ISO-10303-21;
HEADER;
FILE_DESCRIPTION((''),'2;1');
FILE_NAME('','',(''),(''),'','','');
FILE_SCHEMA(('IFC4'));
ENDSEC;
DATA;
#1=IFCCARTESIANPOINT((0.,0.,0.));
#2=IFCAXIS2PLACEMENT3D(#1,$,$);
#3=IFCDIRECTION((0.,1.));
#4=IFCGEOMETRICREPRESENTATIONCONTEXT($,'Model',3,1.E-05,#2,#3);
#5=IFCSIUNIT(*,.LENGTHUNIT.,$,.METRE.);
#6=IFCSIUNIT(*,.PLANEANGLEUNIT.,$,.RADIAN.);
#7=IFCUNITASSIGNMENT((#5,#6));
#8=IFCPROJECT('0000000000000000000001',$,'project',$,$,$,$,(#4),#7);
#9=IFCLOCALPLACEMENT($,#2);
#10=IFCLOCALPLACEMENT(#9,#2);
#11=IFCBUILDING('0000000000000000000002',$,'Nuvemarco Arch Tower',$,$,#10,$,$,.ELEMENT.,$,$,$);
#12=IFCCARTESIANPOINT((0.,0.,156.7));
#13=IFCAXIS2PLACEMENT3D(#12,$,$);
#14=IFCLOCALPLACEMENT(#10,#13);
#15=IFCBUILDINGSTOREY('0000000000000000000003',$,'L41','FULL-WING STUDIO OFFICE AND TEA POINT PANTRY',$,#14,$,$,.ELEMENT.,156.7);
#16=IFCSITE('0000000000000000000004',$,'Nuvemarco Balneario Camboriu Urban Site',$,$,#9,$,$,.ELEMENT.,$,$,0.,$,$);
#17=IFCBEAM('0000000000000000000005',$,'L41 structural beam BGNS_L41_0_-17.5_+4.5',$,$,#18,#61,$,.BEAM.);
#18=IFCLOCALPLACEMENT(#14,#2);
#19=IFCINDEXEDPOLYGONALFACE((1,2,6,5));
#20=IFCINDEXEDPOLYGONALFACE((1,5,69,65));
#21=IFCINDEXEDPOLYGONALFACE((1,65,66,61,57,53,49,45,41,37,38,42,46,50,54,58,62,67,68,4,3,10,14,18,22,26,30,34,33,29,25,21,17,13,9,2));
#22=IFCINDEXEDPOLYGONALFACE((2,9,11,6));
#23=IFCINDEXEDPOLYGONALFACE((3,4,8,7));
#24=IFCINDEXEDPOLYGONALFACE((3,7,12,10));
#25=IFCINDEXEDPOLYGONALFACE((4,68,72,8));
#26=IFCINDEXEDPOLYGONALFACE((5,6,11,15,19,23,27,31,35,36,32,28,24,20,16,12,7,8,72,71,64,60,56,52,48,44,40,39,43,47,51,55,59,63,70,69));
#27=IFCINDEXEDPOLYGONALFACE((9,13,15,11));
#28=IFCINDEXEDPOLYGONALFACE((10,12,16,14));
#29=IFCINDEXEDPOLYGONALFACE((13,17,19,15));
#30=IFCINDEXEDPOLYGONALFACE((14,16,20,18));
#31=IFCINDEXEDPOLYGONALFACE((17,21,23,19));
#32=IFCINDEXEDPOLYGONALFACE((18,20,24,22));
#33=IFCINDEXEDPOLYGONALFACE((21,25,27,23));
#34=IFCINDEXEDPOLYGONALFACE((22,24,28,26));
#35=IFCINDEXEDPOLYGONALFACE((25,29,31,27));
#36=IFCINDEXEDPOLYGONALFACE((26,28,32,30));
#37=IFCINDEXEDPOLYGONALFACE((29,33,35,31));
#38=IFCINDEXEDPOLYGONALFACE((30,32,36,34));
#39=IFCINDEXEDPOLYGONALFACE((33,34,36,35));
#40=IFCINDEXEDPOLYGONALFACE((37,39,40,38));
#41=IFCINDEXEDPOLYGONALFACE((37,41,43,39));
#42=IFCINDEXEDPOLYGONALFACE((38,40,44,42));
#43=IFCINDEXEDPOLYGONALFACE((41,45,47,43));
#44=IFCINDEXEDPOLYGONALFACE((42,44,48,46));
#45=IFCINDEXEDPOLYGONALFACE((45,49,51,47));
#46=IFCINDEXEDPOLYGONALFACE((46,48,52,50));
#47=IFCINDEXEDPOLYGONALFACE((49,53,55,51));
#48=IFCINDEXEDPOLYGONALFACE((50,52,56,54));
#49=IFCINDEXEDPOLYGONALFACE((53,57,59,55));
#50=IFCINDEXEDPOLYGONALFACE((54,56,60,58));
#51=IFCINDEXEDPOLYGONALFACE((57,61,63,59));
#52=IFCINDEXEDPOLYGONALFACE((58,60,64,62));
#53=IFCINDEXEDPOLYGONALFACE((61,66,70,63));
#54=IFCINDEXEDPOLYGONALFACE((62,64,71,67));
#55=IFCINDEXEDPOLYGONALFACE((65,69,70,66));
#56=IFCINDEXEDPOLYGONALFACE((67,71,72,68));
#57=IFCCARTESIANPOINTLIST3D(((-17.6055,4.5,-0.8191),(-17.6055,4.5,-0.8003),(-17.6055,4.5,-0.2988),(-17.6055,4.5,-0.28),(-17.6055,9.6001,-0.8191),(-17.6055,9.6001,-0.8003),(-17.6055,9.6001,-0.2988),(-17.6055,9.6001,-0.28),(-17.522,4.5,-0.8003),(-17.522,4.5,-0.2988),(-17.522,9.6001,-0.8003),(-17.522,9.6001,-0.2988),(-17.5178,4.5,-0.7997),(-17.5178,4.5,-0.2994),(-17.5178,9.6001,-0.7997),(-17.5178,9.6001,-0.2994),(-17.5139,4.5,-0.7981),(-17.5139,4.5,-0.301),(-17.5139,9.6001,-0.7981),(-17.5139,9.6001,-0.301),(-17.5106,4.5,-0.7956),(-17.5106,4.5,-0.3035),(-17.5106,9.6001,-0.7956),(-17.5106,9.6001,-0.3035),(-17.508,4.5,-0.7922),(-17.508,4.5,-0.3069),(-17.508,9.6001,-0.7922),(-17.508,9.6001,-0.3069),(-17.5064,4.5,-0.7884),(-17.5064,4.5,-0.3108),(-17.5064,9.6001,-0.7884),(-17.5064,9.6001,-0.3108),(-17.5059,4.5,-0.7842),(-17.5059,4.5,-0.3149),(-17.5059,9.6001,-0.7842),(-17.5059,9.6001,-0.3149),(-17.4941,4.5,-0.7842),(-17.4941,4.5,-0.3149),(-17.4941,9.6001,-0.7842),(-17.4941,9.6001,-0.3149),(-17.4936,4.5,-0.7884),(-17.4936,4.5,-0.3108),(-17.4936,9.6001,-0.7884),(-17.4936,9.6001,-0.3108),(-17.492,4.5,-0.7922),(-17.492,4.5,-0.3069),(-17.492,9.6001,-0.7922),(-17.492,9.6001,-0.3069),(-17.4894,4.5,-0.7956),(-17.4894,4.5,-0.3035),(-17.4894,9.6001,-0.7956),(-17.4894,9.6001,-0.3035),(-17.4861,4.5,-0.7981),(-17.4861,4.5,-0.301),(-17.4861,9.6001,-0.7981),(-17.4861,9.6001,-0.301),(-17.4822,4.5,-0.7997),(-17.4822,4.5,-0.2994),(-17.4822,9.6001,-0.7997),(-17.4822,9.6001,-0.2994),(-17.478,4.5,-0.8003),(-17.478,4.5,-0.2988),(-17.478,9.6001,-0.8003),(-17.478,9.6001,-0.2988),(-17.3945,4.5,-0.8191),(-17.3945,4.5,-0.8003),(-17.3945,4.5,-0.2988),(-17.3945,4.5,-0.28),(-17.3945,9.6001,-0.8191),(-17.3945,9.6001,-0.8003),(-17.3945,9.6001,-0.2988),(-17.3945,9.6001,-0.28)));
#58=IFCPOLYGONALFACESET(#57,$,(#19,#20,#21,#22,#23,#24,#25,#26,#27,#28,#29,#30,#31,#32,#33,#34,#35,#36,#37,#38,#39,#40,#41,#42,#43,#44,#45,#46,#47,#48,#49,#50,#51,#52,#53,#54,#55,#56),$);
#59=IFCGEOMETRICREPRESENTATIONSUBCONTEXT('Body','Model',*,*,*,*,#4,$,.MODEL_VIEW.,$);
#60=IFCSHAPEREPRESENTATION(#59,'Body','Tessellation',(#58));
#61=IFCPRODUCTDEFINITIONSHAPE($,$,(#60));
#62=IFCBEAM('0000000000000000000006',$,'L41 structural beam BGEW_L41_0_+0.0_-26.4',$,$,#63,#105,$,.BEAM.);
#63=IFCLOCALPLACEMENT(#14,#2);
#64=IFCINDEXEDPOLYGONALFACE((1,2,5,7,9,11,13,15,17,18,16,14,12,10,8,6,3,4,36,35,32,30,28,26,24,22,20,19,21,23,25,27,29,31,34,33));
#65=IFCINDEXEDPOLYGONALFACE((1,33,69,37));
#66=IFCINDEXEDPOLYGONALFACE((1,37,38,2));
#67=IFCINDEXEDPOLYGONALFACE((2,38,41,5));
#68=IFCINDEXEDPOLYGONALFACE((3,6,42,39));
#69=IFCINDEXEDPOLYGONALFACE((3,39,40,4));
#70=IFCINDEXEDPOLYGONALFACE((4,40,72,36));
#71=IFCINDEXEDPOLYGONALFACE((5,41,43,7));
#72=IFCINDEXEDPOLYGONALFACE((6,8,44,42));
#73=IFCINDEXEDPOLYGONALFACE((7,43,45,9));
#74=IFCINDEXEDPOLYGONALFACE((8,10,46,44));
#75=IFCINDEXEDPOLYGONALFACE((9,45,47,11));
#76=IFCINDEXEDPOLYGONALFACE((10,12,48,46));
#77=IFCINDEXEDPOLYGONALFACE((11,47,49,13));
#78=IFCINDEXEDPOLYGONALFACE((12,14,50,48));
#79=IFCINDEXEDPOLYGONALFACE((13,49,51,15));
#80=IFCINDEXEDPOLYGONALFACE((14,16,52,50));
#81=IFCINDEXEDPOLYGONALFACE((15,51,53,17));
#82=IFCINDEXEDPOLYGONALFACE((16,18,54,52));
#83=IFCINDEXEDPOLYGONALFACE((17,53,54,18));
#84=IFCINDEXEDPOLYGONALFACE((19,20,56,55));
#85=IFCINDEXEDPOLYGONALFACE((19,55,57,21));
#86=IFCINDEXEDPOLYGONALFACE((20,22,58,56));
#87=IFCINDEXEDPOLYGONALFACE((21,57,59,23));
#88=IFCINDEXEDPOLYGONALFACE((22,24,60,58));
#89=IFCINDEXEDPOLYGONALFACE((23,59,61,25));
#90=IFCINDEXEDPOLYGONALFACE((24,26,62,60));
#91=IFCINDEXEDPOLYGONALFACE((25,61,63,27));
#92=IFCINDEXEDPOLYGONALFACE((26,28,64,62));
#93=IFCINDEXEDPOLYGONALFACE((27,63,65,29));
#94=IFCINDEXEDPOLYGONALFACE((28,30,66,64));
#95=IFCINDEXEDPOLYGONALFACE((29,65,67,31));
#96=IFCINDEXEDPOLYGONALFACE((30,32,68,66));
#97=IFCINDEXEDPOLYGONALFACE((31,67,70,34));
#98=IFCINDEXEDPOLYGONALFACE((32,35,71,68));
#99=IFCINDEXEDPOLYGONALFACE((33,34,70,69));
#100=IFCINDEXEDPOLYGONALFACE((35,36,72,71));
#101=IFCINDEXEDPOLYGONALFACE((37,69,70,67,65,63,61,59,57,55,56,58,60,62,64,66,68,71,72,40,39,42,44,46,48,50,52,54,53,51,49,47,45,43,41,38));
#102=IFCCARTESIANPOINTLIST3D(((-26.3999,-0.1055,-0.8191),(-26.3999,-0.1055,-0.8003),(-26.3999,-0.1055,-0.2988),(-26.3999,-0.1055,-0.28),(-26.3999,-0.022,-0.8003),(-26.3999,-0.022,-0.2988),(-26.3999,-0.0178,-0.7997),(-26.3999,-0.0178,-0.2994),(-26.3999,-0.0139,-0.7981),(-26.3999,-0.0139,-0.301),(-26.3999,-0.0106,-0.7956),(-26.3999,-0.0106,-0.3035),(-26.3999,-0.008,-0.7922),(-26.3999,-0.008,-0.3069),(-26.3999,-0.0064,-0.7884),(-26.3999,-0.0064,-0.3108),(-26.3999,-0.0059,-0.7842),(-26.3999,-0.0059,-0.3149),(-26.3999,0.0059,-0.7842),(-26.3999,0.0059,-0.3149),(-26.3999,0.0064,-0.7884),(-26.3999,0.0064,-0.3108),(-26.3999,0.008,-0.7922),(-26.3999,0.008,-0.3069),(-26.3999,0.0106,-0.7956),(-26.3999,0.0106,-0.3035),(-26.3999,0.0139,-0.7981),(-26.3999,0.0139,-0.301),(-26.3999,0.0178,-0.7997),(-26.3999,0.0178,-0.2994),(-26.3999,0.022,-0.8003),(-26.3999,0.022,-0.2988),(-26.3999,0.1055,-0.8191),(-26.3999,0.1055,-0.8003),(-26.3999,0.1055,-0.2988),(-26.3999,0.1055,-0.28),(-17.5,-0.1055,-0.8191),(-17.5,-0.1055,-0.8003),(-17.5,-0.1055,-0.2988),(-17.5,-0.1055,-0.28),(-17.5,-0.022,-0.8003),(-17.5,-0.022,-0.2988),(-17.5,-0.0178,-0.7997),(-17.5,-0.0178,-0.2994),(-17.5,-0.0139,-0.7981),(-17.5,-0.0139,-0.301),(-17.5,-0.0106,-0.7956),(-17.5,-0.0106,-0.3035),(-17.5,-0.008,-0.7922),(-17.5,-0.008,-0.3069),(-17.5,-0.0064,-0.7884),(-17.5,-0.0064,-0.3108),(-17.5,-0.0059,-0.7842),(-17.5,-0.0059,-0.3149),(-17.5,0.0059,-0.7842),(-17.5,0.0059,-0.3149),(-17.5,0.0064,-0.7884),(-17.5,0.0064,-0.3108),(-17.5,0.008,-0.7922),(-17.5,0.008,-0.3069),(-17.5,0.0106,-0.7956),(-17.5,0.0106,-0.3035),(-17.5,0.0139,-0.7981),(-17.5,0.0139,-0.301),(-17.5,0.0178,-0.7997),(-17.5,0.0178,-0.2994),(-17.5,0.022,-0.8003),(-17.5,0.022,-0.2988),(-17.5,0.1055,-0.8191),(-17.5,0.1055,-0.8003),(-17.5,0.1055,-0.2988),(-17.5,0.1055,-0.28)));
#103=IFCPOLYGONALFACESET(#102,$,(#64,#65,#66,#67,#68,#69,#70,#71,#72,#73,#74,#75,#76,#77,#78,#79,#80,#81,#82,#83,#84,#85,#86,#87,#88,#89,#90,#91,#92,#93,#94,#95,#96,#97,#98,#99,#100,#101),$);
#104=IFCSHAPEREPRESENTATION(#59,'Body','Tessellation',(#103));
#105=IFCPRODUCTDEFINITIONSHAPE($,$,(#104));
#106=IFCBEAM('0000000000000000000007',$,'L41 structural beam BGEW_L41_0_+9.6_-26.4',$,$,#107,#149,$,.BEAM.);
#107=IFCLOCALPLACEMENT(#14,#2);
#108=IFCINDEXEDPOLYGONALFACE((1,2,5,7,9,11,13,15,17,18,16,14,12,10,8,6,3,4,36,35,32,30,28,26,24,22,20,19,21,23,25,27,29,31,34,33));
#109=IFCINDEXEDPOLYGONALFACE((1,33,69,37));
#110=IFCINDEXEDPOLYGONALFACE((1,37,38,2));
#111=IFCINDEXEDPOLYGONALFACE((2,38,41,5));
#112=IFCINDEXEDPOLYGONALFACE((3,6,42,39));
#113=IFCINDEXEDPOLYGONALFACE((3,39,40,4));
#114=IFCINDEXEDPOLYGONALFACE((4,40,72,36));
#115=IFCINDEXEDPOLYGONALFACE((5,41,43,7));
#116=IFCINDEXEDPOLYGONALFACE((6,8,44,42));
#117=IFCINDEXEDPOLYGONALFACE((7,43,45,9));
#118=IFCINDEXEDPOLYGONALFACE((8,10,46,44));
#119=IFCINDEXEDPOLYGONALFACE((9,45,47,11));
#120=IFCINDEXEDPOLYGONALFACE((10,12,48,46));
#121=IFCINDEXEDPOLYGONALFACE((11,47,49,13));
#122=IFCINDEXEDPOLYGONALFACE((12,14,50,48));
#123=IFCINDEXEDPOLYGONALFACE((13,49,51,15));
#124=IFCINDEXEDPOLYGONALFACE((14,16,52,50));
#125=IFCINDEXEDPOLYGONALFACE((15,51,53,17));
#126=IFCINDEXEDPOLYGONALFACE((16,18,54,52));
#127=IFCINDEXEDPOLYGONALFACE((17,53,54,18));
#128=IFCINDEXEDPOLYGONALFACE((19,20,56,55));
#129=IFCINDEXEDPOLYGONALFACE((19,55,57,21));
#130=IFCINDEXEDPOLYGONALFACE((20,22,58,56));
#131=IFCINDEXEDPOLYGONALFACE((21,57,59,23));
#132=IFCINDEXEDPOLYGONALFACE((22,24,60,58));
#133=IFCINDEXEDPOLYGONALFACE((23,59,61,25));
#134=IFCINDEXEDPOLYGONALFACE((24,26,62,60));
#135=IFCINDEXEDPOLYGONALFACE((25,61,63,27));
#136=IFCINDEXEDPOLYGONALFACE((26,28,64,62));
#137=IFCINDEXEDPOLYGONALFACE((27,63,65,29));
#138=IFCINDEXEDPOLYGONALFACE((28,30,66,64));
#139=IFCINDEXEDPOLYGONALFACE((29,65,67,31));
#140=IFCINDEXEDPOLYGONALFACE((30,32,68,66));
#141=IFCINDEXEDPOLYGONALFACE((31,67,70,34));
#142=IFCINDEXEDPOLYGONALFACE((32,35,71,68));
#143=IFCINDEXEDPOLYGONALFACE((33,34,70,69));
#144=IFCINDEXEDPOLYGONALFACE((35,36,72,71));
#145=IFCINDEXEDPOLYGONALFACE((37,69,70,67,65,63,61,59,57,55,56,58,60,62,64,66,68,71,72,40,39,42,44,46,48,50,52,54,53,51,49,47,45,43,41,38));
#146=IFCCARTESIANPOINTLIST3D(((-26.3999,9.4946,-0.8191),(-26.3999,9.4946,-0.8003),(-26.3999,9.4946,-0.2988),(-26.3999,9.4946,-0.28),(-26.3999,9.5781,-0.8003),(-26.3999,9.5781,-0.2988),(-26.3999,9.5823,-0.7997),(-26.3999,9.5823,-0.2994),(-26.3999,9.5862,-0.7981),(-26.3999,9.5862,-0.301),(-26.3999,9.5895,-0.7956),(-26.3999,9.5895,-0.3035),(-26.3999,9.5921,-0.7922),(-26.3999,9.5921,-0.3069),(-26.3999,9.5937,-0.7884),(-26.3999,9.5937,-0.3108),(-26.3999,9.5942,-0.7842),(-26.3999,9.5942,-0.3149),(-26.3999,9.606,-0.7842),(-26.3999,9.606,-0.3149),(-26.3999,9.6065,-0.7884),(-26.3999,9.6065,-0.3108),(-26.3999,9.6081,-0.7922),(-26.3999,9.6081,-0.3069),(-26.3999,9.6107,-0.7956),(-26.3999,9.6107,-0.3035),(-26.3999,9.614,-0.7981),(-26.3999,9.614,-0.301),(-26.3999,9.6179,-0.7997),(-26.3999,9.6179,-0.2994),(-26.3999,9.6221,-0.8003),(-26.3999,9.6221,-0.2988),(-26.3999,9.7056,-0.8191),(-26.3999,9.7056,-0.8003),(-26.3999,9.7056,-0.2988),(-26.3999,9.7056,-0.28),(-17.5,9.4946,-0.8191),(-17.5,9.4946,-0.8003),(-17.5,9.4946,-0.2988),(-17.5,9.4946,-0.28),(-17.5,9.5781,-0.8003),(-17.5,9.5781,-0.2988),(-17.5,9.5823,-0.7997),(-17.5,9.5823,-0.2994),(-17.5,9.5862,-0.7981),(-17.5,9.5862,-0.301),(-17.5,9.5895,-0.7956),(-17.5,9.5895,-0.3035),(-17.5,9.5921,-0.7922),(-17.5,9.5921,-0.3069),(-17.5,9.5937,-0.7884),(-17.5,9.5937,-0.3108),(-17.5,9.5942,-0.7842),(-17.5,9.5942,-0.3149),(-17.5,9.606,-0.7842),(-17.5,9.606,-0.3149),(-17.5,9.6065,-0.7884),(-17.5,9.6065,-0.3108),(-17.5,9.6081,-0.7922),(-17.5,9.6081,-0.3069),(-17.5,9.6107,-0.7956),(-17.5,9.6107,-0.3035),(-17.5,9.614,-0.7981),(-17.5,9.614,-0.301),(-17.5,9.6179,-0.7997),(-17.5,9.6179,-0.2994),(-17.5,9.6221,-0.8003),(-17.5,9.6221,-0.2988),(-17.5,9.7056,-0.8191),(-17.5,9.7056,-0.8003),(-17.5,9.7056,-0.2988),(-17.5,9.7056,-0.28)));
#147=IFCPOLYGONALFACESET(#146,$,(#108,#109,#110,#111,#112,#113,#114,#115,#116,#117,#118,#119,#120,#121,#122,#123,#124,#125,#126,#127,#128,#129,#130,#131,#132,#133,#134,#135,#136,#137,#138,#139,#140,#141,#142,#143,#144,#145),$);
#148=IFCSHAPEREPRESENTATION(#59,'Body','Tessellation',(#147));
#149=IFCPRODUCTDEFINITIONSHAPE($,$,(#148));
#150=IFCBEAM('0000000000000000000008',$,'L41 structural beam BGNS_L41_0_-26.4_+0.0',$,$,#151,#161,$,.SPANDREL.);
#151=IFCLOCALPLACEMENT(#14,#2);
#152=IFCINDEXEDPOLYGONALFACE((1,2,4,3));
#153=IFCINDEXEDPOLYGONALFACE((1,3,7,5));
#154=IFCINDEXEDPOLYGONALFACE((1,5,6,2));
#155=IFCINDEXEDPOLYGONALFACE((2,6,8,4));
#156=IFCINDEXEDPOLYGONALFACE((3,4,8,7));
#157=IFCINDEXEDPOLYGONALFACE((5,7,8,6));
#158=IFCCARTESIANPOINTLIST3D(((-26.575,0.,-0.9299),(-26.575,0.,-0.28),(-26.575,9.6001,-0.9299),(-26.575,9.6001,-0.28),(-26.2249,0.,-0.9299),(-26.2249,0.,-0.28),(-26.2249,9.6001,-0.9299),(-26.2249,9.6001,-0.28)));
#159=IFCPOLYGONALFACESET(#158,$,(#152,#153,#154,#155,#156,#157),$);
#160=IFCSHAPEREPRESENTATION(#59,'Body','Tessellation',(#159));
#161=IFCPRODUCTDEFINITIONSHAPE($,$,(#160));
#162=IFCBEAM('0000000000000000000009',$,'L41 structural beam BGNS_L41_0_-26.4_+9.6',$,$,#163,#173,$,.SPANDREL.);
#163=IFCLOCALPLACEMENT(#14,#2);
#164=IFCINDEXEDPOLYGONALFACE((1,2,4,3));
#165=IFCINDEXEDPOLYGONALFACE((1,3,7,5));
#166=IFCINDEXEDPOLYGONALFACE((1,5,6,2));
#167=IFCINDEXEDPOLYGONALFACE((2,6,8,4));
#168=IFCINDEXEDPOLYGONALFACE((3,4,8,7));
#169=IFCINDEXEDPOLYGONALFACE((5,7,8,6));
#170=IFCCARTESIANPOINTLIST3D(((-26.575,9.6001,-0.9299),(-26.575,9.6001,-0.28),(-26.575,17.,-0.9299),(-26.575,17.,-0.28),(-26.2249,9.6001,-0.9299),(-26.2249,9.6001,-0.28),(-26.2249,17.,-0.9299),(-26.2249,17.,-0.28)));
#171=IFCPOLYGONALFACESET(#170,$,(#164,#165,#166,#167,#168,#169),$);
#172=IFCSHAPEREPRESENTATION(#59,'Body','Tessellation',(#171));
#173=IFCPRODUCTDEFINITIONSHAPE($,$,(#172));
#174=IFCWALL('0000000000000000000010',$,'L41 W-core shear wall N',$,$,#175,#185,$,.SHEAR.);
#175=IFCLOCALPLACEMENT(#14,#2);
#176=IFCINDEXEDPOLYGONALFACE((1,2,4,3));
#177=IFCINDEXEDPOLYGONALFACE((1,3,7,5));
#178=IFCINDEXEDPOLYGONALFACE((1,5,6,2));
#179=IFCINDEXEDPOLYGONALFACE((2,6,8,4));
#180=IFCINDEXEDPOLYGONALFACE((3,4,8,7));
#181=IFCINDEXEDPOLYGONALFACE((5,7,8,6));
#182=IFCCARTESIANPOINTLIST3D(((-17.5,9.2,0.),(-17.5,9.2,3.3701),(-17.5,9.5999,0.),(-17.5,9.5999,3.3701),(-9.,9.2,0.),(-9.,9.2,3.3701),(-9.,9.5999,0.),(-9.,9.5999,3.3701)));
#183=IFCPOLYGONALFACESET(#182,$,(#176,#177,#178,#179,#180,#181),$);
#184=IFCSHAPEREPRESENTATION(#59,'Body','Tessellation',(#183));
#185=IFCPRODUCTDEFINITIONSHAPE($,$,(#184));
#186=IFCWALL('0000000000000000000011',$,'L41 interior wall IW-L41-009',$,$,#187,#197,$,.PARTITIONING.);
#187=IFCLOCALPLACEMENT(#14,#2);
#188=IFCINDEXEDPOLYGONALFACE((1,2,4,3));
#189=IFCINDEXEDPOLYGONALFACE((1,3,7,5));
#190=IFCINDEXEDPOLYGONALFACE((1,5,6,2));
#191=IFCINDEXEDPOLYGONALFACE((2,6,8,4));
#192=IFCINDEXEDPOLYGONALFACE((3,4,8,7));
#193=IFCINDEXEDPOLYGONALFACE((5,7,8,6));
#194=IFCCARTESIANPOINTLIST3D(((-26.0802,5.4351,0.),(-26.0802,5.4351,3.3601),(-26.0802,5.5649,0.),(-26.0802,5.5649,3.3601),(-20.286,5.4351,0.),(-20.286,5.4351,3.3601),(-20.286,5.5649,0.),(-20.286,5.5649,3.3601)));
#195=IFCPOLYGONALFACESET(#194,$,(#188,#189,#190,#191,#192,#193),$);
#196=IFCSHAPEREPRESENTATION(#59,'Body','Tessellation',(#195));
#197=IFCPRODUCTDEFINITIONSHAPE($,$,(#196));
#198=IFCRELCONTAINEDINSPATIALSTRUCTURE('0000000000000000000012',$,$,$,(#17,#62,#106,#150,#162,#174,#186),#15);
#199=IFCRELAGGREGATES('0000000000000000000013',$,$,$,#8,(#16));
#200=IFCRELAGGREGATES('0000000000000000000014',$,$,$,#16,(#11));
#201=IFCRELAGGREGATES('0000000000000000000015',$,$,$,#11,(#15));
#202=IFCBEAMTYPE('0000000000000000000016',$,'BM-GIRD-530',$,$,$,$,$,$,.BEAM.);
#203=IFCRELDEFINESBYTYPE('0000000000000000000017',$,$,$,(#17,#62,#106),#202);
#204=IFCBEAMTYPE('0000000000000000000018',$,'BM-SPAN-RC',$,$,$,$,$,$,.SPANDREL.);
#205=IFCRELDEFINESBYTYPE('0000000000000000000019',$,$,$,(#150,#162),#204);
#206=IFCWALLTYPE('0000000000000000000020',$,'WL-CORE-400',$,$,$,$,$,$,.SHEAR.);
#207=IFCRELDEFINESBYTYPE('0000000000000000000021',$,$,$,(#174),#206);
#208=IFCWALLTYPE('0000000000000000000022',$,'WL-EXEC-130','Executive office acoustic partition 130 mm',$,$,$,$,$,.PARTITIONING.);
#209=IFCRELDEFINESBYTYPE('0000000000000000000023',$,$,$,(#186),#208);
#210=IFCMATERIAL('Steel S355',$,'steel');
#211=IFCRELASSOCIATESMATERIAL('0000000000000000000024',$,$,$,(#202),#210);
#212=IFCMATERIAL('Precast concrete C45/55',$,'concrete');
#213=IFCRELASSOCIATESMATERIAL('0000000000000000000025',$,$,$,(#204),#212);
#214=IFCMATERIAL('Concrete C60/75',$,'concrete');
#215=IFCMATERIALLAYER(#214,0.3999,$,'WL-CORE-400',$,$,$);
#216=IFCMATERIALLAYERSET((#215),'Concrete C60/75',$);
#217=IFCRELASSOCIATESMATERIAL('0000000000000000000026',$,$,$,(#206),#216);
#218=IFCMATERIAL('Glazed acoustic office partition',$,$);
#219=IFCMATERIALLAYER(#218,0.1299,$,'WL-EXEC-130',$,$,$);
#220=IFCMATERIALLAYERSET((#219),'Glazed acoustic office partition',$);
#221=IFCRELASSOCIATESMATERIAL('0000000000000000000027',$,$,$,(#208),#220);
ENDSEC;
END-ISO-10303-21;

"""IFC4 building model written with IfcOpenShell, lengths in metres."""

from ifc_helpers import new_model, si_unit, direction, frame, frame_2d, origin, origin_2d, place, context, subcontext, project, spatial, rectangle, i_section, extrude, material, layer, layer_set, material_profile, profile_set, type_object, element, save


model = new_model("IFC4")

# Units and contexts
model_context = context("Model", 3, precision=1e-05, world=origin(), true_north=direction((0.0, 1.0)))
body_context = subcontext(model_context, "Body", "Model", "MODEL_VIEW")
ifc_project = project(units=[si_unit("LENGTHUNIT", "METRE"), si_unit("PLANEANGLEUNIT", "RADIAN")], contexts=[model_context])

# Site, building, storey
site_placement = place(None, origin())
site = spatial("IfcSite", under=ifc_project, at=site_placement, Name="Nuvemarco Balneario Camboriu Urban Site", CompositionType="ELEMENT", RefElevation=0.0)
building_placement = place(site_placement, origin())
building = spatial("IfcBuilding", under=site, at=building_placement, Name="Nuvemarco Arch Tower", CompositionType="ELEMENT")
storey_placement = place(building_placement, frame((0.0, 0.0, 156.7)))
storey = spatial("IfcBuildingStorey", under=building, at=storey_placement, Name="L41", Description="FULL-WING STUDIO OFFICE AND TEA POINT PANTRY", CompositionType="ELEMENT", Elevation=156.7)

# Shared definitions
ifc_material_1 = material(Name="Steel S355", Category="steel")

# Beams
ifc_material_profile_1 = material_profile(ifc_material_1, i_section(OverallWidth=0.2109, OverallDepth=0.5391, WebThickness=0.0117, FlangeThickness=0.0188, FilletRadius=0.0161, at=origin_2d()), Name="W530x109")
ifc_profile_set_1 = profile_set([ifc_material_profile_1], Name="Steel S355")
beam_type_1 = type_object("IfcBeamType", Name="BM-GIRD-530", PredefinedType="BEAM", material=ifc_profile_set_1)
beam_1_placement = place(storey_placement, frame((-17.5, 4.5, -0.5496), z_axis=(0.0, 1.0, 0.0), x_axis=(-1.0, 0.0, 0.0)))
element("IfcBeam", 1, at=beam_1_placement, inside=storey, type_object=beam_type_1, Name="L41 structural beam BGNS_L41_0_-17.5_+4.5", PredefinedType="BEAM", context=body_context, shape_type="SweptSolid", body=[
    extrude(i_section(OverallWidth=0.2109, OverallDepth=0.5391, WebThickness=0.0117, FlangeThickness=0.0188, FilletRadius=0.0161, at=origin_2d()), origin(), (0.0, 0.0, 1.0), 5.1001),
])
for number, where, z_axis, x_axis, name in (
    (2, (-26.3999, 0.0, -0.5496), (1.0, 0.0, 0.0), (0.0, 1.0, 0.0), "L41 structural beam BGEW_L41_0_+0.0_-26.4"),
    (3, (-26.3999, 9.6001, -0.5496), (1.0, 0.0, 0.0), (0.0, 1.0, 0.0), "L41 structural beam BGEW_L41_0_+9.6_-26.4"),
):
    element("IfcBeam", number, at=place(storey_placement, frame(where, z_axis=z_axis, x_axis=x_axis)), inside=storey, type_object=beam_type_1, Name=name, PredefinedType="BEAM", context=body_context, shape_type="SweptSolid", body=[
        extrude(i_section(OverallWidth=0.2109, OverallDepth=0.5391, WebThickness=0.0117, FlangeThickness=0.0188, FilletRadius=0.0161, at=origin_2d()), origin(), (0.0, 0.0, 1.0), 8.8999),
    ])
ifc_material_2 = material(Name="Precast concrete C45/55", Category="concrete")
ifc_material_profile_2 = material_profile(ifc_material_2, rectangle(XDim=0.3501, YDim=0.6499, at=origin_2d()), Name="PC-SP-350x650")
ifc_profile_set_2 = profile_set([ifc_material_profile_2], Name="Precast concrete C45/55")
beam_type_2 = type_object("IfcBeamType", Name="BM-SPAN-RC", PredefinedType="SPANDREL", material=ifc_profile_set_2)
beam_2_placement = place(storey_placement, frame((-26.3999, 0.0, -0.605), z_axis=(0.0, 1.0, 0.0), x_axis=(-1.0, 0.0, 0.0)))
element("IfcBeam", 4, at=beam_2_placement, inside=storey, type_object=beam_type_2, Name="L41 structural beam BGNS_L41_0_-26.4_+0.0", PredefinedType="SPANDREL", context=body_context, shape_type="SweptSolid", body=[
    extrude(rectangle(XDim=0.3501, YDim=0.6499, at=origin_2d()), origin(), (0.0, 0.0, 1.0), 9.6001),
])
beam_3_placement = place(storey_placement, frame((-26.3999, 9.6001, -0.605), z_axis=(0.0, 1.0, 0.0), x_axis=(-1.0, 0.0, 0.0)))
element("IfcBeam", 5, at=beam_3_placement, inside=storey, type_object=beam_type_2, Name="L41 structural beam BGNS_L41_0_-26.4_+9.6", PredefinedType="SPANDREL", context=body_context, shape_type="SweptSolid", body=[
    extrude(rectangle(XDim=0.3501, YDim=0.6499, at=origin_2d()), origin(), (0.0, 0.0, 1.0), 7.3999),
])

# Walls
ifc_material_3 = material(Name="Concrete C60/75", Category="concrete")
ifc_layer_1 = layer(ifc_material_3, 0.3999, Name="WL-CORE-400")
ifc_layer_set_1 = layer_set([ifc_layer_1], Name="Concrete C60/75")
wall_type_1 = type_object("IfcWallType", Name="WL-CORE-400", PredefinedType="SHEAR", material=ifc_layer_set_1)
wall_1_placement = place(storey_placement, frame((-17.5, 9.3999, 0.0), z_axis=(0.0, 0.0, 1.0), x_axis=(1.0, 0.0, 0.0)))
element("IfcWall", 6, at=wall_1_placement, inside=storey, type_object=wall_type_1, Name="L41 W-core shear wall N", PredefinedType="SHEAR", context=body_context, shape_type="SweptSolid", body=[
    extrude(rectangle(XDim=8.5, YDim=0.3999, at=frame_2d((4.25, 0.0))), origin(), (0.0, 0.0, 1.0), 3.3701),
])
ifc_material_4 = material(Name="Glazed acoustic office partition")
ifc_layer_2 = layer(ifc_material_4, 0.1299, Name="WL-EXEC-130")
ifc_layer_set_2 = layer_set([ifc_layer_2], Name="Glazed acoustic office partition")
wall_type_2 = type_object("IfcWallType", Name="WL-EXEC-130", Description="Executive office acoustic partition 130 mm", PredefinedType="PARTITIONING", material=ifc_layer_set_2)
wall_2_placement = place(storey_placement, frame((-26.0801, 5.5, 0.0), z_axis=(0.0, 0.0, 1.0), x_axis=(1.0, 0.0, 0.0)))
element("IfcWall", 7, at=wall_2_placement, inside=storey, type_object=wall_type_2, Name="L41 interior wall IW-L41-009", PredefinedType="PARTITIONING", context=body_context, shape_type="SweptSolid", body=[
    extrude(rectangle(XDim=5.7942, YDim=0.1299, at=frame_2d((2.897, 0.0))), origin(), (0.0, 0.0, 1.0), 3.3601),
])

save(model, "model.ifc")
